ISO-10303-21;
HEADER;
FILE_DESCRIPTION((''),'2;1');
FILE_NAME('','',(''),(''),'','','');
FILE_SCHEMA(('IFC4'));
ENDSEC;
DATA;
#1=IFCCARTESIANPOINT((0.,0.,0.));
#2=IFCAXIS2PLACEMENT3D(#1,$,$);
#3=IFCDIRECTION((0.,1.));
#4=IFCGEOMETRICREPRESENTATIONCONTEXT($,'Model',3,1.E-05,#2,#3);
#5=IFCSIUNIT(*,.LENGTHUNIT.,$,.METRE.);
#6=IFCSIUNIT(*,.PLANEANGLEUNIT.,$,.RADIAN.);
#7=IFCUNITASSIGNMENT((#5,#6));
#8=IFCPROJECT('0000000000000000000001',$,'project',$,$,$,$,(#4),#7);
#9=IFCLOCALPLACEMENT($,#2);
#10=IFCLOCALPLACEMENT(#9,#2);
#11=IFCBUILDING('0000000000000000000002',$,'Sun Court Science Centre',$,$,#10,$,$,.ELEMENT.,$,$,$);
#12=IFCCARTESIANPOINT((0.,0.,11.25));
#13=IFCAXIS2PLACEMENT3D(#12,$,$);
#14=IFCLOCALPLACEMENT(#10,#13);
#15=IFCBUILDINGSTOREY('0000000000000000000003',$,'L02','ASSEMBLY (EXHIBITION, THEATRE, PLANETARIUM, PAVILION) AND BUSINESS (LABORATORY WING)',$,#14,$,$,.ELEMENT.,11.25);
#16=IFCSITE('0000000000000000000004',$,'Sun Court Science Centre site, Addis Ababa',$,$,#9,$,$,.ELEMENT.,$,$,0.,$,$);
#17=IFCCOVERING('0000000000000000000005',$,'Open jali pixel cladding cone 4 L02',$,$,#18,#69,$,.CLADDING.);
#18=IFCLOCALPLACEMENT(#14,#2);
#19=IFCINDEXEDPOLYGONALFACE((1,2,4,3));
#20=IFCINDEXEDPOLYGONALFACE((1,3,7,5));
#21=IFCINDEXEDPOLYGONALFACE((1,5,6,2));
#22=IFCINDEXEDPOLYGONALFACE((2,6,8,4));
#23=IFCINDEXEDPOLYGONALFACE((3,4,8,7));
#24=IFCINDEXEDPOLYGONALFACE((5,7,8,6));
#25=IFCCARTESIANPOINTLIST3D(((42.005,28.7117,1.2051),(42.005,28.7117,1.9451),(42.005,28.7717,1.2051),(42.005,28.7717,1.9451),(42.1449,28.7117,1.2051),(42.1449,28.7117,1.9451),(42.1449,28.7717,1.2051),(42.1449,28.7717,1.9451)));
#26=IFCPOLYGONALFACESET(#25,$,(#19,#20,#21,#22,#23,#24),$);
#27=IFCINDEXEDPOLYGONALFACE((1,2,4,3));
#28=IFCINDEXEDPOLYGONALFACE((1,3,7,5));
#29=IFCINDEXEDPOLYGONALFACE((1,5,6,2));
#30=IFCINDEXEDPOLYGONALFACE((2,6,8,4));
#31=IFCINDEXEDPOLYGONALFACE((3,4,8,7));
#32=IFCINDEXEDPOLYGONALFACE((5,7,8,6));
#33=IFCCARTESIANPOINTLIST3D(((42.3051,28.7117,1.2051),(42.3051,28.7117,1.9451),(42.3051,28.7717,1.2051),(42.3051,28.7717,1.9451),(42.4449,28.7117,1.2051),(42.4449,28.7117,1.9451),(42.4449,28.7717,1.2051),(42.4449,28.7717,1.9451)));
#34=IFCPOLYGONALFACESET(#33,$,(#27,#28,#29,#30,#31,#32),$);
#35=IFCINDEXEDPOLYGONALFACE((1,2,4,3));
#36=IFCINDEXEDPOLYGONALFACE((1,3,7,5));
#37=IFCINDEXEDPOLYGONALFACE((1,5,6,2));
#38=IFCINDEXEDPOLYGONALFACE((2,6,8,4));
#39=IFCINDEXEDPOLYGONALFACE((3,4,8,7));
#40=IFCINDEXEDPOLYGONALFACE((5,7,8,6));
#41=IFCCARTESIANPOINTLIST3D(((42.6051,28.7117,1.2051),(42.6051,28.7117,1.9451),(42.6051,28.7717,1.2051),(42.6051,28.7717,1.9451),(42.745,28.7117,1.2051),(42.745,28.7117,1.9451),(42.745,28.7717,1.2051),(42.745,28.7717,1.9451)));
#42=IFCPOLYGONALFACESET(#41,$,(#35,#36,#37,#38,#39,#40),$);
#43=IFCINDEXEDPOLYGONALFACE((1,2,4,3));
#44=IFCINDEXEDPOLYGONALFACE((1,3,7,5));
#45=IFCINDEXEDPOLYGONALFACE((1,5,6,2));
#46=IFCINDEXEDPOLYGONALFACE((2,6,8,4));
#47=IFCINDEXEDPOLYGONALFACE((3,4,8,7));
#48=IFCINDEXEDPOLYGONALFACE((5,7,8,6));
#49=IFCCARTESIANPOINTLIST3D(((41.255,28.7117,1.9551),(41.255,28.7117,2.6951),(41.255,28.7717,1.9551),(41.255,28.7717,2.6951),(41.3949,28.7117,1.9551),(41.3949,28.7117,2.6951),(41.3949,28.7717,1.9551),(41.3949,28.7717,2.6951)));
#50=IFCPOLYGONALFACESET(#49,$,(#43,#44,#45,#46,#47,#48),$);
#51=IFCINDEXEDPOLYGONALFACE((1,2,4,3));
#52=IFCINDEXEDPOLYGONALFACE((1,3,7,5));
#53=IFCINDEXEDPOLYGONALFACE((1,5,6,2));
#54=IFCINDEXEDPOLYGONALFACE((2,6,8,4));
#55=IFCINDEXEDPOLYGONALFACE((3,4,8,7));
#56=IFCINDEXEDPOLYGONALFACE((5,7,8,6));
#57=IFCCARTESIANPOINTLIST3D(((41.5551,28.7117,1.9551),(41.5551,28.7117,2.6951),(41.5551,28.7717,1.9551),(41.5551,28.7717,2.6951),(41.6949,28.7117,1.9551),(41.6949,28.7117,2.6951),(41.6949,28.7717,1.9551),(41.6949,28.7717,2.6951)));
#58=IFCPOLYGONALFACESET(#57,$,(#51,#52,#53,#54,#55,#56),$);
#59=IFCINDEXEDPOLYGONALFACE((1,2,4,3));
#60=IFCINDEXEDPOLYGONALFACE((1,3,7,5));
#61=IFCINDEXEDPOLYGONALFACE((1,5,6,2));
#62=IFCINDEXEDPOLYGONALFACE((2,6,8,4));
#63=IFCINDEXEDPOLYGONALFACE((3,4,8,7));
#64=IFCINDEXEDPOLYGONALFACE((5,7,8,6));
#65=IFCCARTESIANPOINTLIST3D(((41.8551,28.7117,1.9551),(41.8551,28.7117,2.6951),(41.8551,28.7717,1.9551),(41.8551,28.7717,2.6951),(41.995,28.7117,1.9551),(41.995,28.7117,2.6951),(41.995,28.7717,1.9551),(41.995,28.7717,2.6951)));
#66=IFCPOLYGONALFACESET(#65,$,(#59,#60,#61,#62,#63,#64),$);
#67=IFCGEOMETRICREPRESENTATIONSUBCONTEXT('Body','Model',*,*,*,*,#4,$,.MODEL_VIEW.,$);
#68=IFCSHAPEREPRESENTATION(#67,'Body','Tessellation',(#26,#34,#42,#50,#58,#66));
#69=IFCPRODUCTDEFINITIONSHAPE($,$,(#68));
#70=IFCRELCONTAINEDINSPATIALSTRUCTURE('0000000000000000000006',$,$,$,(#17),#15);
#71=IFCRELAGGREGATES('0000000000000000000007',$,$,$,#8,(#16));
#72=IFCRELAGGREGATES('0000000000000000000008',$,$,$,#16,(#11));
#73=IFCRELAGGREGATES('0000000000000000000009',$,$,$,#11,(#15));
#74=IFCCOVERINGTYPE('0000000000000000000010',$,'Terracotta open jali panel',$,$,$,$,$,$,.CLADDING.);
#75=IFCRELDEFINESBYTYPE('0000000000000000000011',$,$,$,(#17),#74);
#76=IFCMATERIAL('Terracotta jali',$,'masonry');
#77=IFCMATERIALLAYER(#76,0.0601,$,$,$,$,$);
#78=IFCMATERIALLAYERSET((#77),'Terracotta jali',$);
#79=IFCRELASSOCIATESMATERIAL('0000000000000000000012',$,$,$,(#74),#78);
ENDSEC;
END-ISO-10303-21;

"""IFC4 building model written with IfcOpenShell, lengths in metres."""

from ifc_helpers import new_model, si_unit, direction, frame, origin, origin_2d, place, context, subcontext, project, spatial, rectangle, extrude, material, layer, layer_set, type_object, element, save


model = new_model("IFC4")

# Units and contexts
model_context = context("Model", 3, precision=1e-05, world=origin(), true_north=direction((0.0, 1.0)))
body_context = subcontext(model_context, "Body", "Model", "MODEL_VIEW")
ifc_project = project(units=[si_unit("LENGTHUNIT", "METRE"), si_unit("PLANEANGLEUNIT", "RADIAN")], contexts=[model_context])

# Site, building, storey
site_placement = place(None, origin())
site = spatial("IfcSite", under=ifc_project, at=site_placement, Name="Sun Court Science Centre site, Addis Ababa", CompositionType="ELEMENT", RefElevation=0.0)
building_placement = place(site_placement, origin())
building = spatial("IfcBuilding", under=site, at=building_placement, Name="Sun Court Science Centre", CompositionType="ELEMENT")
storey_placement = place(building_placement, frame((0.0, 0.0, 11.25)))
storey = spatial("IfcBuildingStorey", under=building, at=storey_placement, Name="L02", Description="ASSEMBLY (EXHIBITION, THEATRE, PLANETARIUM, PAVILION) AND BUSINESS (LABORATORY WING)", CompositionType="ELEMENT", Elevation=11.25)

# Covering
ifc_material_1 = material(Name="Terracotta jali", Category="masonry")
ifc_layer_1 = layer(ifc_material_1, 0.0601)
ifc_layer_set_1 = layer_set([ifc_layer_1], Name="Terracotta jali")
covering_type_1 = type_object("IfcCoveringType", Name="Terracotta open jali panel", PredefinedType="CLADDING", material=ifc_layer_set_1)
covering_1_placement = place(storey_placement, frame((0.0, 0.0, -11.25)))
element("IfcCovering", 1, at=covering_1_placement, inside=storey, type_object=covering_type_1, Name="Open jali pixel cladding cone 4 L02", PredefinedType="CLADDING", context=body_context, shape_type="SweptSolid", body=[
    extrude(rectangle(XDim=0.1399, YDim=0.0601, at=origin_2d()), frame((42.075, 28.7417, 12.4551), z_axis=(0.0, 0.0, 1.0), x_axis=(1.0, 0.0, 0.0)), (0.0, 0.0, 1.0), 0.74),
    extrude(rectangle(XDim=0.1399, YDim=0.0601, at=origin_2d()), frame((42.375, 28.7417, 12.4551), z_axis=(0.0, 0.0, 1.0), x_axis=(1.0, 0.0, 0.0)), (0.0, 0.0, 1.0), 0.74),
    extrude(rectangle(XDim=0.1399, YDim=0.0601, at=origin_2d()), frame((42.675, 28.7417, 12.4551), z_axis=(0.0, 0.0, 1.0), x_axis=(1.0, 0.0, 0.0)), (0.0, 0.0, 1.0), 0.74),
    extrude(rectangle(XDim=0.1399, YDim=0.0601, at=origin_2d()), frame((41.325, 28.7417, 13.2051), z_axis=(0.0, 0.0, 1.0), x_axis=(1.0, 0.0, 0.0)), (0.0, 0.0, 1.0), 0.74),
    extrude(rectangle(XDim=0.1399, YDim=0.0601, at=origin_2d()), frame((41.625, 28.7417, 13.2051), z_axis=(0.0, 0.0, 1.0), x_axis=(1.0, 0.0, 0.0)), (0.0, 0.0, 1.0), 0.74),
    extrude(rectangle(XDim=0.1399, YDim=0.0601, at=origin_2d()), frame((41.925, 28.7417, 13.2051), z_axis=(0.0, 0.0, 1.0), x_axis=(1.0, 0.0, 0.0)), (0.0, 0.0, 1.0), 0.74),
])

save(model, "model.ifc")
